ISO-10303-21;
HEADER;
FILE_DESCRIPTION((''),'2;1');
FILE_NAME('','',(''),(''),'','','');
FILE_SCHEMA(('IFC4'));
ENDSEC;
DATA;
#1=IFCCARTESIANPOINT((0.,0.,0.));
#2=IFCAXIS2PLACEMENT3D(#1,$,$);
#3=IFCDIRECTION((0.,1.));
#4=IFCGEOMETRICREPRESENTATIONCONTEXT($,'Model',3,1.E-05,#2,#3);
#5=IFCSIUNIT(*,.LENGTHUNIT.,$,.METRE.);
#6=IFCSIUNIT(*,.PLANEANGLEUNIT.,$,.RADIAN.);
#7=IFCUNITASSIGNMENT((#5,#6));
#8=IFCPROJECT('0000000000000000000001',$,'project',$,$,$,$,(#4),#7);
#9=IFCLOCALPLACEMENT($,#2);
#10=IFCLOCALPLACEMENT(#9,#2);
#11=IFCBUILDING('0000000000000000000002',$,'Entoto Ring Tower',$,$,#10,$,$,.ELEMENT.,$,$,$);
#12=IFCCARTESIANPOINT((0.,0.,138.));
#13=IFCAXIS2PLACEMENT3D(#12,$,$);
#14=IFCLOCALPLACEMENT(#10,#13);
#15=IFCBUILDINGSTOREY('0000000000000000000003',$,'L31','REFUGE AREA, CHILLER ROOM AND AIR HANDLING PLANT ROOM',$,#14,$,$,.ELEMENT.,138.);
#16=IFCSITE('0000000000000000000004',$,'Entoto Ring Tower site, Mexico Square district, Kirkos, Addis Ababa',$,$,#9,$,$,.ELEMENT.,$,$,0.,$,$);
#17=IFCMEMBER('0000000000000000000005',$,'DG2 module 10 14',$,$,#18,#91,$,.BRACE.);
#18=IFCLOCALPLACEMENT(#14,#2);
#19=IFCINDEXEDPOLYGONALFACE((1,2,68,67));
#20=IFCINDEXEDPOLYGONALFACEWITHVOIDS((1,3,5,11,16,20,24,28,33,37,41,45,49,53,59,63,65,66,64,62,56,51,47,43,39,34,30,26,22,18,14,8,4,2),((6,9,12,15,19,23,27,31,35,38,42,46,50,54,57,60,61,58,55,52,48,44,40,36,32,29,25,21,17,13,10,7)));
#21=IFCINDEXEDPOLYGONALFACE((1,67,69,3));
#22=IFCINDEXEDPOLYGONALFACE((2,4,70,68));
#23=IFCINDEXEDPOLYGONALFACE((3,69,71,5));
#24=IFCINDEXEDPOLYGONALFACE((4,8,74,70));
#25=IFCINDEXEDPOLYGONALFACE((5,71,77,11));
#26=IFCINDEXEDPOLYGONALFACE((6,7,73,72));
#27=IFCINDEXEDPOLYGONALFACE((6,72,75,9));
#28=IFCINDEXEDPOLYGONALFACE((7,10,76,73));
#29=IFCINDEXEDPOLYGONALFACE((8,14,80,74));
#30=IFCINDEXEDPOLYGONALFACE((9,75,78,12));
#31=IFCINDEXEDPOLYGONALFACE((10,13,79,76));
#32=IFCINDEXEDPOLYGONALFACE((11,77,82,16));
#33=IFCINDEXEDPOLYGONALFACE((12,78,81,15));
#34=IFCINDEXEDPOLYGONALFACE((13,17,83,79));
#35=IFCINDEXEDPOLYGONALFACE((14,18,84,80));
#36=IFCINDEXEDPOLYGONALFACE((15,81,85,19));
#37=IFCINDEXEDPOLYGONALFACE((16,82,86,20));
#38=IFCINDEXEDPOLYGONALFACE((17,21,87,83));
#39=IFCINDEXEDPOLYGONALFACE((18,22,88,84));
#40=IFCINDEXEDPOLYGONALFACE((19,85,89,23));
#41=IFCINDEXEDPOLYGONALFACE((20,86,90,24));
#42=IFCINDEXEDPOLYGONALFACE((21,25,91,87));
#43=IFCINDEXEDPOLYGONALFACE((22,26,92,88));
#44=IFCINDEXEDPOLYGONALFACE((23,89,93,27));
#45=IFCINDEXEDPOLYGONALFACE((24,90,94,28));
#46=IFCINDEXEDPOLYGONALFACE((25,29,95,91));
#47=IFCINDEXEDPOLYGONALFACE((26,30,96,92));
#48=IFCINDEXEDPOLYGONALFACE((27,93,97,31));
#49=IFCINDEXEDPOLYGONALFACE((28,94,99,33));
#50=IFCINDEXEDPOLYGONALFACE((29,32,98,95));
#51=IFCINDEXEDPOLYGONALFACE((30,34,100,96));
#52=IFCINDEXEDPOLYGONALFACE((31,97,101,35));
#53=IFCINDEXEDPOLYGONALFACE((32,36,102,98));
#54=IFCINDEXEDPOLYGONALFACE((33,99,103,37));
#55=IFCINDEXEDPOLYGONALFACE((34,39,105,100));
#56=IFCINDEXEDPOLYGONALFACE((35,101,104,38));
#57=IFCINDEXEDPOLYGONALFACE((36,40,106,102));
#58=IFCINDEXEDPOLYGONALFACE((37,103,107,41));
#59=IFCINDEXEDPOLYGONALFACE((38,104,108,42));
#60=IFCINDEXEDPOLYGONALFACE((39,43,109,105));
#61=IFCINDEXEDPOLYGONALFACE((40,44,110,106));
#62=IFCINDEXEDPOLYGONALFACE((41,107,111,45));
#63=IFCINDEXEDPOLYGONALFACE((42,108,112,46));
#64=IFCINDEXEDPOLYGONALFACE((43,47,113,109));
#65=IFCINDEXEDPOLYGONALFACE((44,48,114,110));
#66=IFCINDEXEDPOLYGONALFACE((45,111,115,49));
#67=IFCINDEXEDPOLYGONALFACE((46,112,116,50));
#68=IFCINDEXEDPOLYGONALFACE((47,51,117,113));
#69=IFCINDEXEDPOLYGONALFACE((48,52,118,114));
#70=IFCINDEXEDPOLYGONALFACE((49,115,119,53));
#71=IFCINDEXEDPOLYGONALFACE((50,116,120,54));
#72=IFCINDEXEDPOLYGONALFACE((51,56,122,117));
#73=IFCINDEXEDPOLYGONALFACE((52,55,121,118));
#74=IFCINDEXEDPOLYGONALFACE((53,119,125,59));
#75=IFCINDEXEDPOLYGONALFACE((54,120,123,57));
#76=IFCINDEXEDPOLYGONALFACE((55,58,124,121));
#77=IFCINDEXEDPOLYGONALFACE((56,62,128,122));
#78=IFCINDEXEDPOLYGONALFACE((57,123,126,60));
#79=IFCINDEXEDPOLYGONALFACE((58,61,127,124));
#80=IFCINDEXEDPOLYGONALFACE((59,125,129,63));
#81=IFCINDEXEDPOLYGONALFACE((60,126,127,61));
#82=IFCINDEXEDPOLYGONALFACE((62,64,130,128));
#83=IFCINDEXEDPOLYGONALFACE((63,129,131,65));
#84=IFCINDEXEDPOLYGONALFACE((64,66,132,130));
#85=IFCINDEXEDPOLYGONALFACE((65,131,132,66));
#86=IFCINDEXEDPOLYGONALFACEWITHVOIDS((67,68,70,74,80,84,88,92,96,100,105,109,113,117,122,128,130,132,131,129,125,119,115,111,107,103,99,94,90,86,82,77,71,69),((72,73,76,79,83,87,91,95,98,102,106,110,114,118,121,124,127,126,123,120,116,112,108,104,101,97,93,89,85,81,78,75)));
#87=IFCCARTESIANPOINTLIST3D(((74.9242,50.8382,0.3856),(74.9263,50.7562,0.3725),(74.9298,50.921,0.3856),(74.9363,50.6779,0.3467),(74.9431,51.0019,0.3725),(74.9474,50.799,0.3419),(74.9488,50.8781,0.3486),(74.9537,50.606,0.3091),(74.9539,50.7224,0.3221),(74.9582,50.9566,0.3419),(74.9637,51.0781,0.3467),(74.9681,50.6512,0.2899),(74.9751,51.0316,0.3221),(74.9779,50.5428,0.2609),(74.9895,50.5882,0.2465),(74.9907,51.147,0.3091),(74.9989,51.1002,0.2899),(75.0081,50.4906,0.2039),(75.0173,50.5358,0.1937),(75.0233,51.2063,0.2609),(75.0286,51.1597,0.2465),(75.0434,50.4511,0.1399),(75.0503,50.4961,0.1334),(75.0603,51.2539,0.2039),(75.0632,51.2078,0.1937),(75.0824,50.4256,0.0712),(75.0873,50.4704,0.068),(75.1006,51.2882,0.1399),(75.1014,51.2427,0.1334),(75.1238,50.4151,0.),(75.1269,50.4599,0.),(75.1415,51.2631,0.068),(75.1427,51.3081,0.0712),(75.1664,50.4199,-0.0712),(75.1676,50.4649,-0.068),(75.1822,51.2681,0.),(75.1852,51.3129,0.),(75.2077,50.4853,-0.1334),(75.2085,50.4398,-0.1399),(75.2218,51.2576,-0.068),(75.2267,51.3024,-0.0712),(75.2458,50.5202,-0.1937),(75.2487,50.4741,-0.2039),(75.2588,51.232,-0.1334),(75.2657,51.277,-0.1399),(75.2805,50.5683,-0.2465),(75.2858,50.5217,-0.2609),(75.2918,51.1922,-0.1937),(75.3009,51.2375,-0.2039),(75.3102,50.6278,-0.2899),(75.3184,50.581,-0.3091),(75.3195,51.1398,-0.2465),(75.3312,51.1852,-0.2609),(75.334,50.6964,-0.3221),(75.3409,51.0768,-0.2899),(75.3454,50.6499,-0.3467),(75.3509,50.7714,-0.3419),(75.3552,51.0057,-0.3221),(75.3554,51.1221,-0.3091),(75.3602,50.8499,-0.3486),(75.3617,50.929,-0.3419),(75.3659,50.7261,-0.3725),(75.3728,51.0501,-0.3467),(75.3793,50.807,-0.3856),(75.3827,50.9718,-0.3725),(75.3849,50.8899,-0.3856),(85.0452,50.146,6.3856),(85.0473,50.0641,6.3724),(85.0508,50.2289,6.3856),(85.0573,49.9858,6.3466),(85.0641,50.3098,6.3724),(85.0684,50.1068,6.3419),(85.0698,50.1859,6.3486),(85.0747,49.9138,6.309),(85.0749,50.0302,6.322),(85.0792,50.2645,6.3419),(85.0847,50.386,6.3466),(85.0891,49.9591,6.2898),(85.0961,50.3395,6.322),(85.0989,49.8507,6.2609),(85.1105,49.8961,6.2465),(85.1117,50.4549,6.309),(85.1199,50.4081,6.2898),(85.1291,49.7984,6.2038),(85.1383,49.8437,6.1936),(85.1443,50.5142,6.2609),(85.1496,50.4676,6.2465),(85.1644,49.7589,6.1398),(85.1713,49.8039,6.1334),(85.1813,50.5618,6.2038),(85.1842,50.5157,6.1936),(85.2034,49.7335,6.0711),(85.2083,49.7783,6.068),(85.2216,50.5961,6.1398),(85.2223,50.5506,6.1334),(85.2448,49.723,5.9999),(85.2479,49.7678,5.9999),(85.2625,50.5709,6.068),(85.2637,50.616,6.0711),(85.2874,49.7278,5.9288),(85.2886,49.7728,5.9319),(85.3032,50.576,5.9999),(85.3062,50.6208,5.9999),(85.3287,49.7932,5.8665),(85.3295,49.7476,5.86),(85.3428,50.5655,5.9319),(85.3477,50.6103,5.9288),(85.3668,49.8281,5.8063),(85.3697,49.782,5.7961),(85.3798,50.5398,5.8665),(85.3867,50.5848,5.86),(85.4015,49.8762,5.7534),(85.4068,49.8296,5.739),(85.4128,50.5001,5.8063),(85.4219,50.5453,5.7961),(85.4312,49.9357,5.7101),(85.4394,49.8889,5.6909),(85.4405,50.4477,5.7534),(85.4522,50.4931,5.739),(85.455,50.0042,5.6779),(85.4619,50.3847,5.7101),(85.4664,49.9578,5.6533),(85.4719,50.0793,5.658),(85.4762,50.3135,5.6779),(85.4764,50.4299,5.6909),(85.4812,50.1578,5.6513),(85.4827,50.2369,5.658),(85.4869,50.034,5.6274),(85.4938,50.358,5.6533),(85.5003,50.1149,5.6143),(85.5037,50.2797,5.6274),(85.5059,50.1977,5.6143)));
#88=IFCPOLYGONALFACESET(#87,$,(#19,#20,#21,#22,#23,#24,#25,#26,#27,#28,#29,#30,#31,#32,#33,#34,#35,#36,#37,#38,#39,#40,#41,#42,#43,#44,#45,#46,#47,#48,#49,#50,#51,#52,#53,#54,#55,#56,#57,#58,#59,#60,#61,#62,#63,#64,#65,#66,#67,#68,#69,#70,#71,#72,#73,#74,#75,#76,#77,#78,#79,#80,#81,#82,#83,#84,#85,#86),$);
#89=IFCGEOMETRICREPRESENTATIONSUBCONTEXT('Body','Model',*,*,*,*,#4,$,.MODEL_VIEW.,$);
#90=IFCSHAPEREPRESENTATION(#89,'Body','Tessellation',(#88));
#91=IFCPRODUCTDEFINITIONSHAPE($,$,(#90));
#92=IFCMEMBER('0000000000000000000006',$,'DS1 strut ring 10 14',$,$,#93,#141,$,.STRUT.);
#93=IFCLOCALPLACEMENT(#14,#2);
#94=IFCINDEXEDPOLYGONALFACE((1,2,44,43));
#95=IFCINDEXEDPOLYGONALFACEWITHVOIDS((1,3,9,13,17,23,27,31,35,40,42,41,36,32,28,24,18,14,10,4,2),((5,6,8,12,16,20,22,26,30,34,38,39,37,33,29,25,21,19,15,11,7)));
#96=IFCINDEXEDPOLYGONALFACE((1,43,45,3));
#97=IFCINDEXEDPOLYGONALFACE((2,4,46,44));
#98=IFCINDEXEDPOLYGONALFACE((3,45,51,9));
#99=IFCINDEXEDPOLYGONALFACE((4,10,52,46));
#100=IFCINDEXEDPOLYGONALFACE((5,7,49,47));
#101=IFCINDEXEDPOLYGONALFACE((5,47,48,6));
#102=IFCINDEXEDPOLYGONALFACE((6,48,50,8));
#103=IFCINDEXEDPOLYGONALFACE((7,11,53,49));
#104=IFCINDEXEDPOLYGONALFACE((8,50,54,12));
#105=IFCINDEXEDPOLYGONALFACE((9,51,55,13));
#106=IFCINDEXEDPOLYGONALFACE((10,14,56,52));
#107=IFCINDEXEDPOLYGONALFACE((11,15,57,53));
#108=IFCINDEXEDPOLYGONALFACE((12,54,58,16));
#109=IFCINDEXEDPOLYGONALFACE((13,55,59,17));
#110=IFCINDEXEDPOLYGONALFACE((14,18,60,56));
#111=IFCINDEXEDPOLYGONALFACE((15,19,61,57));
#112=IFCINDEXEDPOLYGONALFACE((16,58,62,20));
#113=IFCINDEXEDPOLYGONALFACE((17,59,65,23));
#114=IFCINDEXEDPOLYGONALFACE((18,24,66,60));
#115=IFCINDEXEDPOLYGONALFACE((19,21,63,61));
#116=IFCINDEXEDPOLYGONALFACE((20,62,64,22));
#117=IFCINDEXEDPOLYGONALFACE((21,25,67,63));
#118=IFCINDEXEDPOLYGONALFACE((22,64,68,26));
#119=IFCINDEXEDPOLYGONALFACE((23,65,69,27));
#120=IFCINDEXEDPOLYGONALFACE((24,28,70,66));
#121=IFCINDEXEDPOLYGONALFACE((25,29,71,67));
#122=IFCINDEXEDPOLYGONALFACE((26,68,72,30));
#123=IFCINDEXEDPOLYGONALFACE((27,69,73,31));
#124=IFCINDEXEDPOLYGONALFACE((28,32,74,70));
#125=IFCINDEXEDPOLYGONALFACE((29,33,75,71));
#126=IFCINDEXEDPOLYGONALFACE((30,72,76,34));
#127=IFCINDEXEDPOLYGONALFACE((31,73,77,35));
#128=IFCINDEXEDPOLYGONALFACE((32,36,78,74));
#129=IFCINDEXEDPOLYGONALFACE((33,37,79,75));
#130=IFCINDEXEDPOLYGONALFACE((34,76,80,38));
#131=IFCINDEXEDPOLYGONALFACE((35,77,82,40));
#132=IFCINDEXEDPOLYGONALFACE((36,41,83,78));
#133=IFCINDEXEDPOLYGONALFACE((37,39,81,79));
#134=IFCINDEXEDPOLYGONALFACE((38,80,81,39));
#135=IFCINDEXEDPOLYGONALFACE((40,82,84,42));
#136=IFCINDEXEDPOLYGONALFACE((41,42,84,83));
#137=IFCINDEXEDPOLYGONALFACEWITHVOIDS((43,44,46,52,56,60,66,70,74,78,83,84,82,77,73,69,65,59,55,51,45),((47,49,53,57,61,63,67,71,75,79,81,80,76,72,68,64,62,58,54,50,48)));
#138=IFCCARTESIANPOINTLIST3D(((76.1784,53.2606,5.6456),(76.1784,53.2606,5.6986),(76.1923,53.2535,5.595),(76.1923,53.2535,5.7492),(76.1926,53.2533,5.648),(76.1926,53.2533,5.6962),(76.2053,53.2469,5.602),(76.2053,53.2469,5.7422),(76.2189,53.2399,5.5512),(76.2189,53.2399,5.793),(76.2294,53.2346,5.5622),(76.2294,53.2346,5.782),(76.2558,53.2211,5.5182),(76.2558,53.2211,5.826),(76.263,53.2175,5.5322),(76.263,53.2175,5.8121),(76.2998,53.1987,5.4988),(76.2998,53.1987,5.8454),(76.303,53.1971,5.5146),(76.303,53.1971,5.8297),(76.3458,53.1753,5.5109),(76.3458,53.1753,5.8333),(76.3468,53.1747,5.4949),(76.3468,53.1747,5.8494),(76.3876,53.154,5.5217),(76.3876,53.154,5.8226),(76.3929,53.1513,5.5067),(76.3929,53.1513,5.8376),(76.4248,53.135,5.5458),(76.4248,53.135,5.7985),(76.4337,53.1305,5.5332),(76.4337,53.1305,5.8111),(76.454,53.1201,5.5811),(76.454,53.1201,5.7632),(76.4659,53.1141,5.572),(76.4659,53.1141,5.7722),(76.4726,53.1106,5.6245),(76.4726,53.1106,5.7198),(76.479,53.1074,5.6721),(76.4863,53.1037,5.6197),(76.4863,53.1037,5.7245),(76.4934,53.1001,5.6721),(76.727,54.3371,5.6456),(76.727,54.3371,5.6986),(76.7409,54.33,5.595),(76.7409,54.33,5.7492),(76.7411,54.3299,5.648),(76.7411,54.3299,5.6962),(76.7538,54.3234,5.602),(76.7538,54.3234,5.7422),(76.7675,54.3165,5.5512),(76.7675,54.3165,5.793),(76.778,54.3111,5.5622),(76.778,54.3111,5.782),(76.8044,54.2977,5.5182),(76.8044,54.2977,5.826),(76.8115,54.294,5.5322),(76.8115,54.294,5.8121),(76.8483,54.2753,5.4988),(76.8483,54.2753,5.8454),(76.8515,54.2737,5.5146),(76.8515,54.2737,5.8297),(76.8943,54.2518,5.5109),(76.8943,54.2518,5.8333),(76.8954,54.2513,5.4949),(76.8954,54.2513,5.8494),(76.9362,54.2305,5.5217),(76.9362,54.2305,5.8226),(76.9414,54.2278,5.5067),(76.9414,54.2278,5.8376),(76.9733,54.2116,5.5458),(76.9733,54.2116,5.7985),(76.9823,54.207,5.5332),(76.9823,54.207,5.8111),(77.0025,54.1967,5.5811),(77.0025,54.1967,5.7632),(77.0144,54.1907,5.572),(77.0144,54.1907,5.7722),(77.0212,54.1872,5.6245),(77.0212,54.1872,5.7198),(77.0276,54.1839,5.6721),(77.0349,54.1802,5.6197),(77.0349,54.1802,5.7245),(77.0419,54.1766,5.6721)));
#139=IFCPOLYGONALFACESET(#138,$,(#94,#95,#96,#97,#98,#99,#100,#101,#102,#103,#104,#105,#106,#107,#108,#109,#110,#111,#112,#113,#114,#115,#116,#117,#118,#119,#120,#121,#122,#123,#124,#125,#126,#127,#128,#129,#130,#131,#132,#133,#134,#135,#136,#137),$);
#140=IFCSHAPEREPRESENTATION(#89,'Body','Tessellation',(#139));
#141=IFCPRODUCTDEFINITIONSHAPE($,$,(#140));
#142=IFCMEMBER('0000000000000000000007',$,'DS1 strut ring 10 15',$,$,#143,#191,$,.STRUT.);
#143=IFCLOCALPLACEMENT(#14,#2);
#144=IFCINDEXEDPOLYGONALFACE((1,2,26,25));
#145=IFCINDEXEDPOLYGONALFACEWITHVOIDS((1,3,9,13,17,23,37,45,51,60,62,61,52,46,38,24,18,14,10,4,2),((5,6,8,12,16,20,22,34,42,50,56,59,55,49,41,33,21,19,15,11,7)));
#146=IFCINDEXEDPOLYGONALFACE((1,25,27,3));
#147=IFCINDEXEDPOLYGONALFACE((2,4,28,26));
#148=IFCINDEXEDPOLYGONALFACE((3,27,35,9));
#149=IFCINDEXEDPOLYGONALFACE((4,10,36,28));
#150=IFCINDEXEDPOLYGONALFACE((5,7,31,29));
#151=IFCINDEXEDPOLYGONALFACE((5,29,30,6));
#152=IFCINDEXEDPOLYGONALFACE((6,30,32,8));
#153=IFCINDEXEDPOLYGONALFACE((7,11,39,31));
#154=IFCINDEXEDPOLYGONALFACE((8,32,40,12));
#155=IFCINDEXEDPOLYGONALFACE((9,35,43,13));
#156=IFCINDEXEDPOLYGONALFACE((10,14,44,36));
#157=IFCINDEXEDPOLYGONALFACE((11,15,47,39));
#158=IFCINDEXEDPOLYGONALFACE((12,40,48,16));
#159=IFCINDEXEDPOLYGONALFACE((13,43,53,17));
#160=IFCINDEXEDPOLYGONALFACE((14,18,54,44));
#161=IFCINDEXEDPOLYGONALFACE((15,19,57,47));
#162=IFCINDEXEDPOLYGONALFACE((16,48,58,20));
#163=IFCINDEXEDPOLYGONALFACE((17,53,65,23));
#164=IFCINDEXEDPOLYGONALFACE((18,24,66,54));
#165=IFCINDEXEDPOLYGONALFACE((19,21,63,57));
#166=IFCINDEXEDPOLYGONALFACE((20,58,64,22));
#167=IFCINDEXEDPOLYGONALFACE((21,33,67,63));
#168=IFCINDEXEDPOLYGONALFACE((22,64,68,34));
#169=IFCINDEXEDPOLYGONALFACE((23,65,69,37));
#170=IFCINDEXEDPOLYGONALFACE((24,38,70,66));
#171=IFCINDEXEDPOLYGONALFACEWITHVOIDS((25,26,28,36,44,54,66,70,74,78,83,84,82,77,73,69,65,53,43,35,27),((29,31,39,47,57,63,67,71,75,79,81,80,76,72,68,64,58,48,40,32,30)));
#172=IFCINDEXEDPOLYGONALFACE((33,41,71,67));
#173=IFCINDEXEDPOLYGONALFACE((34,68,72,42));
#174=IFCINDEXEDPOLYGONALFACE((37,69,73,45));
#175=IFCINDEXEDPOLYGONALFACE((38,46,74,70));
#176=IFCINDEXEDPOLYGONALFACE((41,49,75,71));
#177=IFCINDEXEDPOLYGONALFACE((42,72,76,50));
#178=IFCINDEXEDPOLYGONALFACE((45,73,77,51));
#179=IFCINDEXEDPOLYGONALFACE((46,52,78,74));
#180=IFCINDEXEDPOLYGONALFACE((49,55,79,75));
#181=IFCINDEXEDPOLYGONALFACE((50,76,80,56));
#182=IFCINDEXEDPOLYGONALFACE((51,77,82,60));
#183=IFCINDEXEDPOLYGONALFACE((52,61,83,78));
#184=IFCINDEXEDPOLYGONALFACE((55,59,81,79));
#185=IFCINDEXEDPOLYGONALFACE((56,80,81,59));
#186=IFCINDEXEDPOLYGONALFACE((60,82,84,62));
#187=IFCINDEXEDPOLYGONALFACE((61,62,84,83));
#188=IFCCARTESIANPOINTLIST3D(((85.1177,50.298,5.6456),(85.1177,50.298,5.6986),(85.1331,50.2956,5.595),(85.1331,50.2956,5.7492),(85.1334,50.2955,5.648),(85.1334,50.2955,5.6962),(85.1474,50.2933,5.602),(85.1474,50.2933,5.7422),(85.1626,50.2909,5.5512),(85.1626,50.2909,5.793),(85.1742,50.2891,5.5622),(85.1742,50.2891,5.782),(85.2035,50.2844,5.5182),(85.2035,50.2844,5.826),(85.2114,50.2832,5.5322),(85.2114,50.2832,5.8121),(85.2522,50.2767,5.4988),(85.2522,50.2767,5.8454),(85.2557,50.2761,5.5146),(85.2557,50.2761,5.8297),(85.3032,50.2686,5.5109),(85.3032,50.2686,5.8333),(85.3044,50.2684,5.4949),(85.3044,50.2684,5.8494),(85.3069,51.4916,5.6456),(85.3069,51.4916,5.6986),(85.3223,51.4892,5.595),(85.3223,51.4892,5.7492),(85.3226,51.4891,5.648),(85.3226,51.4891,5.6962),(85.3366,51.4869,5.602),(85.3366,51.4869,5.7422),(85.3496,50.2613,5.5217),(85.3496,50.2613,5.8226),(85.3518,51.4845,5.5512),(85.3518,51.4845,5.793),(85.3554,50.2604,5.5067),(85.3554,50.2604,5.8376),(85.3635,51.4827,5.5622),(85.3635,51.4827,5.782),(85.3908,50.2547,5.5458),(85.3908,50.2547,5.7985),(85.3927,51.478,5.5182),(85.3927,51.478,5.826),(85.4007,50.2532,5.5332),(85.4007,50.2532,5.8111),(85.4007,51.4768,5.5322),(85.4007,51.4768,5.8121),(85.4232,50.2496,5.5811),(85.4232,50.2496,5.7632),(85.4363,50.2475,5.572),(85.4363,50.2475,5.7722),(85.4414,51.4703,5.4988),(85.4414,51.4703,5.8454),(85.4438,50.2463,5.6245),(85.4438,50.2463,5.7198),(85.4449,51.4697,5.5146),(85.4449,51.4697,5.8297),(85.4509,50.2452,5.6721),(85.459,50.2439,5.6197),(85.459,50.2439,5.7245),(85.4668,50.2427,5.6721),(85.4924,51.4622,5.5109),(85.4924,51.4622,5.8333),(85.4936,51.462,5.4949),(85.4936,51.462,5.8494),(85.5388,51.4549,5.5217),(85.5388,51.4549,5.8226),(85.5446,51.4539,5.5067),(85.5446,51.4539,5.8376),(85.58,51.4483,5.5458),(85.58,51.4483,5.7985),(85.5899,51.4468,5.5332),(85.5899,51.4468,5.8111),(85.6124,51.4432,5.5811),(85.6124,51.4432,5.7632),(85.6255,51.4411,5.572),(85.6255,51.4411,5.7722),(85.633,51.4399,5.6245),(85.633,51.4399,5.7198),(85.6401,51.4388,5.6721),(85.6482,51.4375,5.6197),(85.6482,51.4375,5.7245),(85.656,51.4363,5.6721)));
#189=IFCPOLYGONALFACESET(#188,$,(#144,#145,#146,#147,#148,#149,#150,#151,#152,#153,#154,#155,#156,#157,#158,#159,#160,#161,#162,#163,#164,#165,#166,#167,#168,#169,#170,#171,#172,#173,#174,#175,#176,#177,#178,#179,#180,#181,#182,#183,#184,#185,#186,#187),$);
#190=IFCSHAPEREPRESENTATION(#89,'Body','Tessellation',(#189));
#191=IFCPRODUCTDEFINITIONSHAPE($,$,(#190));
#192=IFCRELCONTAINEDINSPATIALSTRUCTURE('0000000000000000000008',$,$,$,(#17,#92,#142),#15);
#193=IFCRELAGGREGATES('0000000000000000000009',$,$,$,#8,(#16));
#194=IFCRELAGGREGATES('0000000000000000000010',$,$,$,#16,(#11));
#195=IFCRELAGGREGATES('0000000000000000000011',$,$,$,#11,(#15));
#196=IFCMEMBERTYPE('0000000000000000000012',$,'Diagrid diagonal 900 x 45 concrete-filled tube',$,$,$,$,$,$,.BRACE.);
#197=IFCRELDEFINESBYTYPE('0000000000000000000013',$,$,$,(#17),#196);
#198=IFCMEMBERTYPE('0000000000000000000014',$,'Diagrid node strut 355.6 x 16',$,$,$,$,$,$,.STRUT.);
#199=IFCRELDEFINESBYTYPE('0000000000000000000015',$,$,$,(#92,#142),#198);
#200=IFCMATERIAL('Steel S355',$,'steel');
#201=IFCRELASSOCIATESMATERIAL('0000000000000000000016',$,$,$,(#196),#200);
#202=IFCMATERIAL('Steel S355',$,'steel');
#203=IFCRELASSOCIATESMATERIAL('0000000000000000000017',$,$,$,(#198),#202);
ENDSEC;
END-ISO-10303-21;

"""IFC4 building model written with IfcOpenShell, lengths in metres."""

from ifc_helpers import new_model, si_unit, direction, frame, origin, origin_2d, place, context, subcontext, project, spatial, circle, hollow_circle, extrude, material, material_profile, profile_set, type_object, element, save


model = new_model("IFC4")

# Units and contexts
model_context = context("Model", 3, precision=1e-05, world=origin(), true_north=direction((0.0, 1.0)))
body_context = subcontext(model_context, "Body", "Model", "MODEL_VIEW")
ifc_project = project(units=[si_unit("LENGTHUNIT", "METRE"), si_unit("PLANEANGLEUNIT", "RADIAN")], contexts=[model_context])

# Site, building, storey
site_placement = place(None, origin())
site = spatial("IfcSite", under=ifc_project, at=site_placement, Name="Entoto Ring Tower site, Mexico Square district, Kirkos, Addis Ababa", CompositionType="ELEMENT", RefElevation=0.0)
building_placement = place(site_placement, origin())
building = spatial("IfcBuilding", under=site, at=building_placement, Name="Entoto Ring Tower", CompositionType="ELEMENT")
storey_placement = place(building_placement, frame((0.0, 0.0, 138.0)))
storey = spatial("IfcBuildingStorey", under=building, at=storey_placement, Name="L31", Description="REFUGE AREA, CHILLER ROOM AND AIR HANDLING PLANT ROOM", CompositionType="ELEMENT", Elevation=138.0)

# Members
ifc_material_1 = material(Name="Steel S355", Category="steel")
ifc_material_profile_1 = material_profile(ifc_material_1, hollow_circle(Radius=0.45, WallThickness=0.0449, at=origin_2d()), Name="CHS 900 x 45")
ifc_material_2 = material(Name="Concrete C60/75", Category="concrete")
ifc_material_profile_2 = material_profile(ifc_material_2, circle(Radius=0.405, at=origin_2d()), Name="Concrete C60/75 infill")
ifc_profile_set_1 = profile_set([ifc_material_profile_1, ifc_material_profile_2], Name="Steel S355")
member_type_1 = type_object("IfcMemberType", Name="Diagrid diagonal 900 x 45 concrete-filled tube", PredefinedType="BRACE", material=ifc_profile_set_1)
member_1_placement = place(storey_placement, frame((75.1545, 50.864, 0.0), z_axis=(0.858721, -0.058724, 0.509068), x_axis=(0.068226, 0.99767, 0.0)))
element("IfcMember", 1, at=member_1_placement, inside=storey, type_object=member_type_1, Name="DG2 module 10 14", PredefinedType="BRACE", context=body_context, shape_type="SweptSolid", body=[
    extrude(hollow_circle(Radius=0.45, WallThickness=0.0449, at=origin_2d()), origin(), (0.0, 0.0, 1.0), 11.7861),
])
ifc_material_3 = material(Name="Steel S355", Category="steel")
ifc_material_profile_3 = material_profile(ifc_material_3, hollow_circle(Radius=0.1777, WallThickness=0.0161, at=origin_2d()), Name="CHS 355.6 x 16")
ifc_material_4 = material(Name="Concrete C60/75", Category="concrete")
ifc_material_profile_4 = material_profile(ifc_material_4, circle(Radius=0.1619, at=origin_2d()), Name="Concrete C60/75 infill")
ifc_profile_set_2 = profile_set([ifc_material_profile_3, ifc_material_profile_4], Name="Steel S355")
member_type_2 = type_object("IfcMemberType", Name="Diagrid node strut 355.6 x 16", PredefinedType="STRUT", material=ifc_profile_set_2)
member_2_placement = place(storey_placement, frame((76.8835, 54.2573, 5.6721), z_axis=(-0.453989, -0.891007, 0.0), x_axis=(0.891007, -0.453989, 0.0)))
element("IfcMember", 2, at=member_2_placement, inside=storey, type_object=member_type_2, Name="DS1 strut ring 10 14", PredefinedType="STRUT", context=body_context, shape_type="SweptSolid", body=[
    extrude(hollow_circle(Radius=0.1777, WallThickness=0.0161, at=origin_2d()), origin(), (0.0, 0.0, 1.0), 1.2083),
])
member_3_placement = place(storey_placement, frame((85.4805, 51.4641, 5.6721), z_axis=(-0.156564, -0.987668, 0.0), x_axis=(0.987668, -0.156564, 0.0)))
element("IfcMember", 3, at=member_3_placement, inside=storey, type_object=member_type_2, Name="DS1 strut ring 10 15", PredefinedType="STRUT", context=body_context, shape_type="SweptSolid", body=[
    extrude(hollow_circle(Radius=0.1777, WallThickness=0.0161, at=origin_2d()), origin(), (0.0, 0.0, 1.0), 1.2085),
])

save(model, "model.ifc")
